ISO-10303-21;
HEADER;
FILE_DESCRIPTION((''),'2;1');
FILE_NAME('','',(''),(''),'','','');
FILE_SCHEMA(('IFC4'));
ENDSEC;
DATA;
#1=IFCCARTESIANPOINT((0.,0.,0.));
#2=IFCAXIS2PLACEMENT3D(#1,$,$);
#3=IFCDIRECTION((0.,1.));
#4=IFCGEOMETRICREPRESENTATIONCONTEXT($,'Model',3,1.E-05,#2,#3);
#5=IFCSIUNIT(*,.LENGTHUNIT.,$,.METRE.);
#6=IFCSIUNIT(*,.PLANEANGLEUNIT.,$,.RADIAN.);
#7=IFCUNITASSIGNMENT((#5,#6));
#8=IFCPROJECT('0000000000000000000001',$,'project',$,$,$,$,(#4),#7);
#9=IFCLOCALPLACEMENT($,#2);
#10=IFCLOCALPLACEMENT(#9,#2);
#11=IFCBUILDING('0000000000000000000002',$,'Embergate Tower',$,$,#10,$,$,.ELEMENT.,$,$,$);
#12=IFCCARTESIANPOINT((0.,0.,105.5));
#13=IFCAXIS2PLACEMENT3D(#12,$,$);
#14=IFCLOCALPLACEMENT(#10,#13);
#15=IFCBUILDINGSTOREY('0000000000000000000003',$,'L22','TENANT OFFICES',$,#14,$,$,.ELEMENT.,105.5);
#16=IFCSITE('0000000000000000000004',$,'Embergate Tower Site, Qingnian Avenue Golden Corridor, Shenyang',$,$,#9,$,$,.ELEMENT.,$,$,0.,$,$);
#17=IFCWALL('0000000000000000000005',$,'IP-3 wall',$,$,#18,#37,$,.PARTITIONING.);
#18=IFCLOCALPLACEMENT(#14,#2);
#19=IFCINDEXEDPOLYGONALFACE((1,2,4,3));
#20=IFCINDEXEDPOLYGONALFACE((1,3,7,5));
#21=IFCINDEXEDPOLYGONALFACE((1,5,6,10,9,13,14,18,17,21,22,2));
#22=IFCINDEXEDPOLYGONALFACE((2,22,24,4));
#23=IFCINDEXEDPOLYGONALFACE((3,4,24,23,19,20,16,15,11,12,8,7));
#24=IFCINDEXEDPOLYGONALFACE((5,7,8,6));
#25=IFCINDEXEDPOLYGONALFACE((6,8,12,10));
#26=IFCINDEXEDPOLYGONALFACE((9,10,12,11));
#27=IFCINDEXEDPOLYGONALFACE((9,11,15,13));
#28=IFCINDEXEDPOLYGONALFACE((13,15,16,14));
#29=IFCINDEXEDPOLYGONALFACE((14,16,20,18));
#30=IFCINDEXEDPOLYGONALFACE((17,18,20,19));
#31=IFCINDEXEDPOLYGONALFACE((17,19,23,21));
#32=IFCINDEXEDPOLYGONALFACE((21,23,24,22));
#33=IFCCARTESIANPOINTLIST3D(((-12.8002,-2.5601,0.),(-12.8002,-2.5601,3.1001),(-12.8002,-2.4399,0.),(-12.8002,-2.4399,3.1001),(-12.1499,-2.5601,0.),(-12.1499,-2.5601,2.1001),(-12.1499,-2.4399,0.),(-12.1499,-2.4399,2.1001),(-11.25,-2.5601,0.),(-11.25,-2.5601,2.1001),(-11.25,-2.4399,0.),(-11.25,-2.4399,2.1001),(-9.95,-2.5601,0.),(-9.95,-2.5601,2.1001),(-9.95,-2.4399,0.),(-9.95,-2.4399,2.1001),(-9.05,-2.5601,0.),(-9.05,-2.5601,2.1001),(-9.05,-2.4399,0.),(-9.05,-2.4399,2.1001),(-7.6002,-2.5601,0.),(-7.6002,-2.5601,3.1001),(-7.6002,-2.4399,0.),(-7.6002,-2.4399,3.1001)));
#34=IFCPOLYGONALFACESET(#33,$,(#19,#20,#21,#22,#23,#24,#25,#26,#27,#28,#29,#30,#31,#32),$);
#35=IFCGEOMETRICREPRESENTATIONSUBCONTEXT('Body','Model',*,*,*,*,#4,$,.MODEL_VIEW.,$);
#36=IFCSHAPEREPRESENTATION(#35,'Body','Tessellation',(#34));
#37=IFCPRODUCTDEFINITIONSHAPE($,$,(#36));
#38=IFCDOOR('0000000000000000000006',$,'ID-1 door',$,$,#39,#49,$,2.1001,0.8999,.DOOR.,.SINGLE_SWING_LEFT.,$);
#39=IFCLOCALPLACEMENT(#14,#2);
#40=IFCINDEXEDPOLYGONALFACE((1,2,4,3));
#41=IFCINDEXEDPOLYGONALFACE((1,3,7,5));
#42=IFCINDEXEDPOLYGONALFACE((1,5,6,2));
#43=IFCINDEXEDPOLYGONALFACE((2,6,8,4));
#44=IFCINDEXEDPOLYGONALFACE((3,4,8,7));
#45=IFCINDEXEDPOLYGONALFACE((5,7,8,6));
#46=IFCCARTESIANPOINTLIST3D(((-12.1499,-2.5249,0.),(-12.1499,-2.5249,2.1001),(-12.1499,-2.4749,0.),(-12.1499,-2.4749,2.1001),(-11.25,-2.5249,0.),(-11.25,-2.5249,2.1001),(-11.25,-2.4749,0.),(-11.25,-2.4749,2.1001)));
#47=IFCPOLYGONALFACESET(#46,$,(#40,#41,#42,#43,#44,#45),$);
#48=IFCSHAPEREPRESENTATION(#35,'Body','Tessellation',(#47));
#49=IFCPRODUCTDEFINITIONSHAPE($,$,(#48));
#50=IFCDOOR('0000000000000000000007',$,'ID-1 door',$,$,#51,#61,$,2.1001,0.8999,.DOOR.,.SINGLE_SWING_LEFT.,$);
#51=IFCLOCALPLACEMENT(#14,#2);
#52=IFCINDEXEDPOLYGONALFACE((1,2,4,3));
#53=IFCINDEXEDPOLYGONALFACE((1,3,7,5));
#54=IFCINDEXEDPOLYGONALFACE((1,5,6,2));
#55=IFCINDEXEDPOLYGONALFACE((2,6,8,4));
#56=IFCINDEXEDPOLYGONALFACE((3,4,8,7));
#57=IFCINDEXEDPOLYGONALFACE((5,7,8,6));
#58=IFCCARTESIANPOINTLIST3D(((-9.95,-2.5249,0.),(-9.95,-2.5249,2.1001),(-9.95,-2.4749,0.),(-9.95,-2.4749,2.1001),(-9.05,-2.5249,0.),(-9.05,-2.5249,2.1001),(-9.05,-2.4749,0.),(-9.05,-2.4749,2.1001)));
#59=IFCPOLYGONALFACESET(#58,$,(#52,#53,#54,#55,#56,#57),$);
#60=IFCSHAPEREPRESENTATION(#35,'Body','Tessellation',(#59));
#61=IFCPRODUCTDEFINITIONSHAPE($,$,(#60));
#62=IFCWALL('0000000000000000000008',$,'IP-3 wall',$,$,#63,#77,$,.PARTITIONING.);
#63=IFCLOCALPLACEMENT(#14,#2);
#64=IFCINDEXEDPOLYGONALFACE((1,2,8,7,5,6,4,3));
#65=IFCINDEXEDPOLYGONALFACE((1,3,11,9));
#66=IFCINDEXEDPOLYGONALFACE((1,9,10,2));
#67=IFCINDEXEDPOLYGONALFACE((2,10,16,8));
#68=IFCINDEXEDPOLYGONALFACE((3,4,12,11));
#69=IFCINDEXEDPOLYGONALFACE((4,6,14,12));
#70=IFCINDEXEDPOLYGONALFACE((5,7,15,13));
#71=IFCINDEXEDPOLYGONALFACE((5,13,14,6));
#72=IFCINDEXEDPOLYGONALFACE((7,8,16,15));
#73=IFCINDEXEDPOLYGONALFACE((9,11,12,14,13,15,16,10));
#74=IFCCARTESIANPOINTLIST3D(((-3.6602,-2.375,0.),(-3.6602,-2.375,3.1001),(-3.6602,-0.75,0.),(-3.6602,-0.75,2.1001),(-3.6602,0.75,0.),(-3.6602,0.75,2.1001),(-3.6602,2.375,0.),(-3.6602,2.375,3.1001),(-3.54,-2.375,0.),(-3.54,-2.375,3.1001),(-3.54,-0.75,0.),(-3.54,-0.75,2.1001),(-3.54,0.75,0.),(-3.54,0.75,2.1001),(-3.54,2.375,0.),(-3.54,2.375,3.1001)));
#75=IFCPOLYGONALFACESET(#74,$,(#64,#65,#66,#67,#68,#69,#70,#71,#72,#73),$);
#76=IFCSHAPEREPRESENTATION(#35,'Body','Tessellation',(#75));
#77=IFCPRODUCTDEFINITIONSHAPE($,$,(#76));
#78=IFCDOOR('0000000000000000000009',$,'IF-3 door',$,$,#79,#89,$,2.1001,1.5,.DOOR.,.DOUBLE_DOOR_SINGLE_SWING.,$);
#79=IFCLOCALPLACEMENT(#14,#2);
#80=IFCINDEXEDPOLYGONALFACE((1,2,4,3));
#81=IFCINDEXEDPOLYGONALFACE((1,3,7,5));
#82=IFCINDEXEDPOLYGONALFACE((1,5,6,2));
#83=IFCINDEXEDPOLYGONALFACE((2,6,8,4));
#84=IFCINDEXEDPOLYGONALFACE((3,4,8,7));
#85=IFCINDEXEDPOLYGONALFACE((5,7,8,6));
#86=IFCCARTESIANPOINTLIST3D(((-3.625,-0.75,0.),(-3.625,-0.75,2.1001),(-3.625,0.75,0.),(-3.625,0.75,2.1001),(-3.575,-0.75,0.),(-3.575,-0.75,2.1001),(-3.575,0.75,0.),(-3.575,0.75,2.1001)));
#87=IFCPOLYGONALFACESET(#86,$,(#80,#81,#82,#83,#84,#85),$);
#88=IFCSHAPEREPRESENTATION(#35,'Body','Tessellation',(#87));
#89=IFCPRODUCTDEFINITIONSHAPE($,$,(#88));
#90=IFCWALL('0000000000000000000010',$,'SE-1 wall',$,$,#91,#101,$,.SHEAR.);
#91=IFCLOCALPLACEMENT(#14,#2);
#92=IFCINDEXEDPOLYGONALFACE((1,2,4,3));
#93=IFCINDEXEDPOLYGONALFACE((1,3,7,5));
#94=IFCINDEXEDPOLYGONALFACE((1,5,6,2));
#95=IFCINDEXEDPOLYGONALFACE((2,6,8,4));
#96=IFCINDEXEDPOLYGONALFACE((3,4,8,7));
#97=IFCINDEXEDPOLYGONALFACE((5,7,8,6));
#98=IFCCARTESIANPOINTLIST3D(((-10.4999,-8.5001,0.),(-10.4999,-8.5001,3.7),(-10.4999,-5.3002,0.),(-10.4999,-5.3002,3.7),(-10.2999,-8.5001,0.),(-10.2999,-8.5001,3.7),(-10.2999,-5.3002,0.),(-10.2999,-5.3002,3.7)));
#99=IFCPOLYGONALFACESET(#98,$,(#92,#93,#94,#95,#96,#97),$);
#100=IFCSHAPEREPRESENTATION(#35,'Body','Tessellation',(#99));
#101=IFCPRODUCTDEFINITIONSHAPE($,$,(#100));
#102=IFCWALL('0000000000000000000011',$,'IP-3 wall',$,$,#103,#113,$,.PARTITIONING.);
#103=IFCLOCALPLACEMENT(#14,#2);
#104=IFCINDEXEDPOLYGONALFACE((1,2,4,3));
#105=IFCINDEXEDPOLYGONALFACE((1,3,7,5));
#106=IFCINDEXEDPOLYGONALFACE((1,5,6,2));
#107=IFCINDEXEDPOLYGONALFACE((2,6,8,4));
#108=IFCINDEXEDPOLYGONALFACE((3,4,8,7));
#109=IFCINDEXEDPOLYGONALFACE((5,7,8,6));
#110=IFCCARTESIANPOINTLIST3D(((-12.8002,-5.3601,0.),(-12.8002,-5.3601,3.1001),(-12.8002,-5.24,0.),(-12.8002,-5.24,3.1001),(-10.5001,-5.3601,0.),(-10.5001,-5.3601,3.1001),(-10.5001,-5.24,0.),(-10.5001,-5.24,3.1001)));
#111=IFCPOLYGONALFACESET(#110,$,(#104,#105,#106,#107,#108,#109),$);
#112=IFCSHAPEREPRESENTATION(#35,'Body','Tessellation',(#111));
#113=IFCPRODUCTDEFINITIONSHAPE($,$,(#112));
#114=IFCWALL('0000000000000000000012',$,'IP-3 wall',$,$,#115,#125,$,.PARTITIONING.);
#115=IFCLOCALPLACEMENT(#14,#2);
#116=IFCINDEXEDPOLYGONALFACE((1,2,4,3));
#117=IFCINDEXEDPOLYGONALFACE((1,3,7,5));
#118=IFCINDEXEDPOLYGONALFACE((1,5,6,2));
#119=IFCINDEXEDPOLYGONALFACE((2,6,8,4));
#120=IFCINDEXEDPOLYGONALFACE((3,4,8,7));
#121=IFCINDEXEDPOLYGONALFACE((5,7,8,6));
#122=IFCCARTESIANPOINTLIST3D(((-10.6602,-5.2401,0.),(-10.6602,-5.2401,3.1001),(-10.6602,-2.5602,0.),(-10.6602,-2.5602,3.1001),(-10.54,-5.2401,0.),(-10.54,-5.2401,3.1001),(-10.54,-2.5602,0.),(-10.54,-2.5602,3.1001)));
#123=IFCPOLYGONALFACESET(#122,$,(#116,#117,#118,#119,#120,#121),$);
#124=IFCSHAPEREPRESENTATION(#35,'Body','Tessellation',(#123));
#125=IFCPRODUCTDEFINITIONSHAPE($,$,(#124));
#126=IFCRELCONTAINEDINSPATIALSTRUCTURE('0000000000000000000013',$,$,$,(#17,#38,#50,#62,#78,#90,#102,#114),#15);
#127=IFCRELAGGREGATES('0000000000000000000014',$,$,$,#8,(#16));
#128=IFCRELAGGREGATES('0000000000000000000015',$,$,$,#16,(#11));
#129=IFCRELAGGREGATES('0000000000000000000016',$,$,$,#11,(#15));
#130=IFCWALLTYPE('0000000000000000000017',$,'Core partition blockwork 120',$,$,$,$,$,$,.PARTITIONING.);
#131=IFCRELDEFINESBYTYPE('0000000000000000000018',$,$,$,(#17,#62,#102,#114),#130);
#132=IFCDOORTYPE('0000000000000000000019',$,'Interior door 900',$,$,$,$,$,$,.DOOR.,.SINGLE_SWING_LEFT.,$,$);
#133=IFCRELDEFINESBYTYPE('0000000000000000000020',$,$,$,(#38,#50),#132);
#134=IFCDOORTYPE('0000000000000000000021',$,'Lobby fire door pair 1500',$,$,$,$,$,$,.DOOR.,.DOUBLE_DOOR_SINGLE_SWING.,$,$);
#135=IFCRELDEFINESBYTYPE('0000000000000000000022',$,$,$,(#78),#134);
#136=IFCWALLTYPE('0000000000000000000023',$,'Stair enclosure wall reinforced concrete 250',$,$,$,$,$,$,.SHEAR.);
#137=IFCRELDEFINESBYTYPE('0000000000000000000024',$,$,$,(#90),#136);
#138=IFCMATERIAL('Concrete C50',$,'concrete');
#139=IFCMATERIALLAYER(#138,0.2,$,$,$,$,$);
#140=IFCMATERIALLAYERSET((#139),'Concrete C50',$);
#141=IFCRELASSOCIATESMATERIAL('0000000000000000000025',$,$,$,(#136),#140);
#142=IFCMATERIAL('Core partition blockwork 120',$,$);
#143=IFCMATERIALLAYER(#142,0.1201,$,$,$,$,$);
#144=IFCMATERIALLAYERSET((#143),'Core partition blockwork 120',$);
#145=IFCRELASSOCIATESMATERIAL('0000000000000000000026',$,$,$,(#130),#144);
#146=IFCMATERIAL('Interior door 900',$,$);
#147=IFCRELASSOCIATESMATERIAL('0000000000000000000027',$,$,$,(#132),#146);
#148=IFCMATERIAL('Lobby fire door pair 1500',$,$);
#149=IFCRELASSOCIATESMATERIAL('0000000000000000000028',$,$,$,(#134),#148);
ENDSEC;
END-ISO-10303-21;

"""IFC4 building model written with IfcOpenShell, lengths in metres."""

from ifc_helpers import new_model, si_unit, direction, frame, frame_2d, origin, place, context, subcontext, project, spatial, rectangle, extrude, source, transform, mapped, material, layer, layer_set, type_object, element, fill, save


model = new_model("IFC4")

# Units and contexts
model_context = context("Model", 3, precision=1e-05, world=origin(), true_north=direction((0.0, 1.0)))
body_context = subcontext(model_context, "Body", "Model", "MODEL_VIEW")
ifc_project = project(units=[si_unit("LENGTHUNIT", "METRE"), si_unit("PLANEANGLEUNIT", "RADIAN")], contexts=[model_context])

# Site, building, storey
site_placement = place(None, origin())
site = spatial("IfcSite", under=ifc_project, at=site_placement, Name="Embergate Tower Site, Qingnian Avenue Golden Corridor, Shenyang", CompositionType="ELEMENT", RefElevation=0.0)
building_placement = place(site_placement, origin())
building = spatial("IfcBuilding", under=site, at=building_placement, Name="Embergate Tower", CompositionType="ELEMENT")
storey_placement = place(building_placement, frame((0.0, 0.0, 105.5)))
storey = spatial("IfcBuildingStorey", under=building, at=storey_placement, Name="L22", Description="TENANT OFFICES", CompositionType="ELEMENT", Elevation=105.5)

# Shared definitions
ifc_material_1 = material(Name="Concrete C50", Category="concrete")

# Shared definitions
ifc_layer_1 = layer(ifc_material_1, 0.2)
ifc_layer_set_1 = layer_set([ifc_layer_1], Name="Concrete C50")
wall_type_1 = type_object("IfcWallType", Name="Stair enclosure wall reinforced concrete 250", PredefinedType="SHEAR", material=ifc_layer_set_1)

# Shared definitions
ifc_material_2 = material(Name="Core partition blockwork 120")
ifc_layer_2 = layer(ifc_material_2, 0.1201)
ifc_layer_set_2 = layer_set([ifc_layer_2], Name="Core partition blockwork 120")
wall_type_2 = type_object("IfcWallType", Name="Core partition blockwork 120", PredefinedType="PARTITIONING", material=ifc_layer_set_2)
shared_shape_1 = source(origin(), body_context, "Body", "SweptSolid", [
    extrude(rectangle(XDim=0.8999, YDim=2.1001, at=frame_2d((0.45, 1.05))), frame((0.0, 0.0701, 0.0), z_axis=(0.0, -1.0, 0.0), x_axis=(1.0, 0.0, 0.0)), (0.0, 0.0, 1.0), 0.1401),
])
ifc_material_3 = material(Name="Interior door 900")
door_type_1 = type_object("IfcDoorType", Name="Interior door 900", OperationType="SINGLE_SWING_LEFT", PredefinedType="DOOR", material=ifc_material_3)
shared_shape_2 = source(origin(), body_context, "Body", "SweptSolid", [
    extrude(rectangle(XDim=0.8999, YDim=2.1001, at=frame_2d((0.45, 1.05))), frame((0.0, 0.0249, 0.0), z_axis=(0.0, -1.0, 0.0), x_axis=(1.0, 0.0, 0.0)), (0.0, 0.0, 1.0), 0.05),
])

# Wall, openings, doors
shared_shape_3 = source(origin(), body_context, "Body", "SweptSolid", [
    extrude(rectangle(XDim=5.2, YDim=0.1201, at=frame_2d((2.6001, 0.0))), origin(), (0.0, 0.0, 1.0), 3.1001),
])
wall_1_placement = place(storey_placement, frame((-7.6001, -2.5, 0.0), z_axis=(0.0, 0.0, 1.0), x_axis=(-1.0, 0.0, 0.0)))
wall_1 = element("IfcWall", 1, at=wall_1_placement, inside=storey, type_object=wall_type_2, Name="IP-3 wall", PredefinedType="PARTITIONING", context=body_context, shape_type="MappedRepresentation", body=[
    mapped(shared_shape_3, transform((0.0, 0.0, 0.0))),
])
opening_1_placement = place(wall_1_placement, frame((3.6499, 0.0, 0.0)))
opening_1 = element("IfcOpeningElement", 2, at=opening_1_placement, cuts=wall_1, PredefinedType="OPENING", context=body_context, shape_type="MappedRepresentation", body=[
    mapped(shared_shape_1, transform((0.0, 0.0, 0.0))),
])
opening_2_placement = place(wall_1_placement, frame((1.45, 0.0, 0.0)))
opening_2 = element("IfcOpeningElement", 3, at=opening_2_placement, cuts=wall_1, PredefinedType="OPENING", context=body_context, shape_type="MappedRepresentation", body=[
    mapped(shared_shape_1, transform((0.0, 0.0, 0.0))),
])
door_1_placement = place(opening_1_placement, origin())
door_1 = element("IfcDoor", 4, at=door_1_placement, inside=storey, type_object=door_type_1, Name="ID-1 door", OperationType="SINGLE_SWING_LEFT", OverallHeight=2.1001, OverallWidth=0.8999, PredefinedType="DOOR", context=body_context, shape_type="MappedRepresentation", body=[
    mapped(shared_shape_2, transform((0.0, 0.0, 0.0))),
])
fill(opening_1, door_1)
door_2_placement = place(opening_2_placement, origin())
door_2 = element("IfcDoor", 5, at=door_2_placement, inside=storey, type_object=door_type_1, Name="ID-1 door", OperationType="SINGLE_SWING_LEFT", OverallHeight=2.1001, OverallWidth=0.8999, PredefinedType="DOOR", context=body_context, shape_type="MappedRepresentation", body=[
    mapped(shared_shape_2, transform((0.0, 0.0, 0.0))),
])
fill(opening_2, door_2)

# Wall, opening, door
shared_shape_4 = source(origin(), body_context, "Body", "SweptSolid", [
    extrude(rectangle(XDim=4.75, YDim=0.1201, at=frame_2d((2.375, 0.0))), origin(), (0.0, 0.0, 1.0), 3.1001),
])
wall_2_placement = place(storey_placement, frame((-3.6001, -2.375, 0.0), z_axis=(0.0, 0.0, 1.0), x_axis=(0.0, 1.0, 0.0)))
wall_2 = element("IfcWall", 6, at=wall_2_placement, inside=storey, type_object=wall_type_2, Name="IP-3 wall", PredefinedType="PARTITIONING", context=body_context, shape_type="MappedRepresentation", body=[
    mapped(shared_shape_4, transform((0.0, 0.0, 0.0))),
])
shared_shape_5 = source(origin(), body_context, "Body", "SweptSolid", [
    extrude(rectangle(XDim=1.5, YDim=2.1001, at=frame_2d((0.75, 1.05))), frame((0.0, 0.0701, 0.0), z_axis=(0.0, -1.0, 0.0), x_axis=(1.0, 0.0, 0.0)), (0.0, 0.0, 1.0), 0.1401),
])
opening_3_placement = place(wall_2_placement, frame((1.625, 0.0, 0.0)))
opening_3 = element("IfcOpeningElement", 7, at=opening_3_placement, cuts=wall_2, PredefinedType="OPENING", context=body_context, shape_type="MappedRepresentation", body=[
    mapped(shared_shape_5, transform((0.0, 0.0, 0.0))),
])
ifc_material_4 = material(Name="Lobby fire door pair 1500")
door_type_2 = type_object("IfcDoorType", Name="Lobby fire door pair 1500", OperationType="DOUBLE_DOOR_SINGLE_SWING", PredefinedType="DOOR", material=ifc_material_4)
shared_shape_6 = source(origin(), body_context, "Body", "SweptSolid", [
    extrude(rectangle(XDim=1.5, YDim=2.1001, at=frame_2d((0.75, 1.05))), frame((0.0, 0.0249, 0.0), z_axis=(0.0, -1.0, 0.0), x_axis=(1.0, 0.0, 0.0)), (0.0, 0.0, 1.0), 0.05),
])
door_3_placement = place(opening_3_placement, origin())
door_3 = element("IfcDoor", 8, at=door_3_placement, inside=storey, type_object=door_type_2, Name="IF-3 door", OperationType="DOUBLE_DOOR_SINGLE_SWING", OverallHeight=2.1001, OverallWidth=1.5, PredefinedType="DOOR", context=body_context, shape_type="MappedRepresentation", body=[
    mapped(shared_shape_6, transform((0.0, 0.0, 0.0))),
])
fill(opening_3, door_3)

# Walls
shared_shape_7 = source(origin(), body_context, "Body", "SweptSolid", [
    extrude(rectangle(XDim=3.2, YDim=0.2, at=frame_2d((1.6001, 0.0))), origin(), (0.0, 0.0, 1.0), 3.7),
])
wall_3_placement = place(storey_placement, frame((-10.3999, -5.3, 0.0), z_axis=(0.0, 0.0, 1.0), x_axis=(0.0, -1.0, 0.0)))
element("IfcWall", 9, at=wall_3_placement, inside=storey, type_object=wall_type_1, Name="SE-1 wall", PredefinedType="SHEAR", context=body_context, shape_type="MappedRepresentation", body=[
    mapped(shared_shape_7, transform((0.0, 0.0, 0.0))),
])
shared_shape_8 = source(origin(), body_context, "Body", "SweptSolid", [
    extrude(rectangle(XDim=2.3, YDim=0.1201, at=frame_2d((1.1499, 0.0))), origin(), (0.0, 0.0, 1.0), 3.1001),
])
wall_4_placement = place(storey_placement, frame((-12.8, -5.3, 0.0), z_axis=(0.0, 0.0, 1.0), x_axis=(1.0, 0.0, 0.0)))
element("IfcWall", 10, at=wall_4_placement, inside=storey, type_object=wall_type_2, Name="IP-3 wall", PredefinedType="PARTITIONING", context=body_context, shape_type="MappedRepresentation", body=[
    mapped(shared_shape_8, transform((0.0, 0.0, 0.0))),
])
shared_shape_9 = source(origin(), body_context, "Body", "SweptSolid", [
    extrude(rectangle(XDim=2.6799, YDim=0.1201, at=frame_2d((1.3398, 0.0))), origin(), (0.0, 0.0, 1.0), 3.1001),
])
wall_5_placement = place(storey_placement, frame((-10.6001, -5.24, 0.0), z_axis=(0.0, 0.0, 1.0), x_axis=(0.0, 1.0, 0.0)))
element("IfcWall", 11, at=wall_5_placement, inside=storey, type_object=wall_type_2, Name="IP-3 wall", PredefinedType="PARTITIONING", context=body_context, shape_type="MappedRepresentation", body=[
    mapped(shared_shape_9, transform((0.0, 0.0, 0.0))),
])

save(model, "model.ifc")
